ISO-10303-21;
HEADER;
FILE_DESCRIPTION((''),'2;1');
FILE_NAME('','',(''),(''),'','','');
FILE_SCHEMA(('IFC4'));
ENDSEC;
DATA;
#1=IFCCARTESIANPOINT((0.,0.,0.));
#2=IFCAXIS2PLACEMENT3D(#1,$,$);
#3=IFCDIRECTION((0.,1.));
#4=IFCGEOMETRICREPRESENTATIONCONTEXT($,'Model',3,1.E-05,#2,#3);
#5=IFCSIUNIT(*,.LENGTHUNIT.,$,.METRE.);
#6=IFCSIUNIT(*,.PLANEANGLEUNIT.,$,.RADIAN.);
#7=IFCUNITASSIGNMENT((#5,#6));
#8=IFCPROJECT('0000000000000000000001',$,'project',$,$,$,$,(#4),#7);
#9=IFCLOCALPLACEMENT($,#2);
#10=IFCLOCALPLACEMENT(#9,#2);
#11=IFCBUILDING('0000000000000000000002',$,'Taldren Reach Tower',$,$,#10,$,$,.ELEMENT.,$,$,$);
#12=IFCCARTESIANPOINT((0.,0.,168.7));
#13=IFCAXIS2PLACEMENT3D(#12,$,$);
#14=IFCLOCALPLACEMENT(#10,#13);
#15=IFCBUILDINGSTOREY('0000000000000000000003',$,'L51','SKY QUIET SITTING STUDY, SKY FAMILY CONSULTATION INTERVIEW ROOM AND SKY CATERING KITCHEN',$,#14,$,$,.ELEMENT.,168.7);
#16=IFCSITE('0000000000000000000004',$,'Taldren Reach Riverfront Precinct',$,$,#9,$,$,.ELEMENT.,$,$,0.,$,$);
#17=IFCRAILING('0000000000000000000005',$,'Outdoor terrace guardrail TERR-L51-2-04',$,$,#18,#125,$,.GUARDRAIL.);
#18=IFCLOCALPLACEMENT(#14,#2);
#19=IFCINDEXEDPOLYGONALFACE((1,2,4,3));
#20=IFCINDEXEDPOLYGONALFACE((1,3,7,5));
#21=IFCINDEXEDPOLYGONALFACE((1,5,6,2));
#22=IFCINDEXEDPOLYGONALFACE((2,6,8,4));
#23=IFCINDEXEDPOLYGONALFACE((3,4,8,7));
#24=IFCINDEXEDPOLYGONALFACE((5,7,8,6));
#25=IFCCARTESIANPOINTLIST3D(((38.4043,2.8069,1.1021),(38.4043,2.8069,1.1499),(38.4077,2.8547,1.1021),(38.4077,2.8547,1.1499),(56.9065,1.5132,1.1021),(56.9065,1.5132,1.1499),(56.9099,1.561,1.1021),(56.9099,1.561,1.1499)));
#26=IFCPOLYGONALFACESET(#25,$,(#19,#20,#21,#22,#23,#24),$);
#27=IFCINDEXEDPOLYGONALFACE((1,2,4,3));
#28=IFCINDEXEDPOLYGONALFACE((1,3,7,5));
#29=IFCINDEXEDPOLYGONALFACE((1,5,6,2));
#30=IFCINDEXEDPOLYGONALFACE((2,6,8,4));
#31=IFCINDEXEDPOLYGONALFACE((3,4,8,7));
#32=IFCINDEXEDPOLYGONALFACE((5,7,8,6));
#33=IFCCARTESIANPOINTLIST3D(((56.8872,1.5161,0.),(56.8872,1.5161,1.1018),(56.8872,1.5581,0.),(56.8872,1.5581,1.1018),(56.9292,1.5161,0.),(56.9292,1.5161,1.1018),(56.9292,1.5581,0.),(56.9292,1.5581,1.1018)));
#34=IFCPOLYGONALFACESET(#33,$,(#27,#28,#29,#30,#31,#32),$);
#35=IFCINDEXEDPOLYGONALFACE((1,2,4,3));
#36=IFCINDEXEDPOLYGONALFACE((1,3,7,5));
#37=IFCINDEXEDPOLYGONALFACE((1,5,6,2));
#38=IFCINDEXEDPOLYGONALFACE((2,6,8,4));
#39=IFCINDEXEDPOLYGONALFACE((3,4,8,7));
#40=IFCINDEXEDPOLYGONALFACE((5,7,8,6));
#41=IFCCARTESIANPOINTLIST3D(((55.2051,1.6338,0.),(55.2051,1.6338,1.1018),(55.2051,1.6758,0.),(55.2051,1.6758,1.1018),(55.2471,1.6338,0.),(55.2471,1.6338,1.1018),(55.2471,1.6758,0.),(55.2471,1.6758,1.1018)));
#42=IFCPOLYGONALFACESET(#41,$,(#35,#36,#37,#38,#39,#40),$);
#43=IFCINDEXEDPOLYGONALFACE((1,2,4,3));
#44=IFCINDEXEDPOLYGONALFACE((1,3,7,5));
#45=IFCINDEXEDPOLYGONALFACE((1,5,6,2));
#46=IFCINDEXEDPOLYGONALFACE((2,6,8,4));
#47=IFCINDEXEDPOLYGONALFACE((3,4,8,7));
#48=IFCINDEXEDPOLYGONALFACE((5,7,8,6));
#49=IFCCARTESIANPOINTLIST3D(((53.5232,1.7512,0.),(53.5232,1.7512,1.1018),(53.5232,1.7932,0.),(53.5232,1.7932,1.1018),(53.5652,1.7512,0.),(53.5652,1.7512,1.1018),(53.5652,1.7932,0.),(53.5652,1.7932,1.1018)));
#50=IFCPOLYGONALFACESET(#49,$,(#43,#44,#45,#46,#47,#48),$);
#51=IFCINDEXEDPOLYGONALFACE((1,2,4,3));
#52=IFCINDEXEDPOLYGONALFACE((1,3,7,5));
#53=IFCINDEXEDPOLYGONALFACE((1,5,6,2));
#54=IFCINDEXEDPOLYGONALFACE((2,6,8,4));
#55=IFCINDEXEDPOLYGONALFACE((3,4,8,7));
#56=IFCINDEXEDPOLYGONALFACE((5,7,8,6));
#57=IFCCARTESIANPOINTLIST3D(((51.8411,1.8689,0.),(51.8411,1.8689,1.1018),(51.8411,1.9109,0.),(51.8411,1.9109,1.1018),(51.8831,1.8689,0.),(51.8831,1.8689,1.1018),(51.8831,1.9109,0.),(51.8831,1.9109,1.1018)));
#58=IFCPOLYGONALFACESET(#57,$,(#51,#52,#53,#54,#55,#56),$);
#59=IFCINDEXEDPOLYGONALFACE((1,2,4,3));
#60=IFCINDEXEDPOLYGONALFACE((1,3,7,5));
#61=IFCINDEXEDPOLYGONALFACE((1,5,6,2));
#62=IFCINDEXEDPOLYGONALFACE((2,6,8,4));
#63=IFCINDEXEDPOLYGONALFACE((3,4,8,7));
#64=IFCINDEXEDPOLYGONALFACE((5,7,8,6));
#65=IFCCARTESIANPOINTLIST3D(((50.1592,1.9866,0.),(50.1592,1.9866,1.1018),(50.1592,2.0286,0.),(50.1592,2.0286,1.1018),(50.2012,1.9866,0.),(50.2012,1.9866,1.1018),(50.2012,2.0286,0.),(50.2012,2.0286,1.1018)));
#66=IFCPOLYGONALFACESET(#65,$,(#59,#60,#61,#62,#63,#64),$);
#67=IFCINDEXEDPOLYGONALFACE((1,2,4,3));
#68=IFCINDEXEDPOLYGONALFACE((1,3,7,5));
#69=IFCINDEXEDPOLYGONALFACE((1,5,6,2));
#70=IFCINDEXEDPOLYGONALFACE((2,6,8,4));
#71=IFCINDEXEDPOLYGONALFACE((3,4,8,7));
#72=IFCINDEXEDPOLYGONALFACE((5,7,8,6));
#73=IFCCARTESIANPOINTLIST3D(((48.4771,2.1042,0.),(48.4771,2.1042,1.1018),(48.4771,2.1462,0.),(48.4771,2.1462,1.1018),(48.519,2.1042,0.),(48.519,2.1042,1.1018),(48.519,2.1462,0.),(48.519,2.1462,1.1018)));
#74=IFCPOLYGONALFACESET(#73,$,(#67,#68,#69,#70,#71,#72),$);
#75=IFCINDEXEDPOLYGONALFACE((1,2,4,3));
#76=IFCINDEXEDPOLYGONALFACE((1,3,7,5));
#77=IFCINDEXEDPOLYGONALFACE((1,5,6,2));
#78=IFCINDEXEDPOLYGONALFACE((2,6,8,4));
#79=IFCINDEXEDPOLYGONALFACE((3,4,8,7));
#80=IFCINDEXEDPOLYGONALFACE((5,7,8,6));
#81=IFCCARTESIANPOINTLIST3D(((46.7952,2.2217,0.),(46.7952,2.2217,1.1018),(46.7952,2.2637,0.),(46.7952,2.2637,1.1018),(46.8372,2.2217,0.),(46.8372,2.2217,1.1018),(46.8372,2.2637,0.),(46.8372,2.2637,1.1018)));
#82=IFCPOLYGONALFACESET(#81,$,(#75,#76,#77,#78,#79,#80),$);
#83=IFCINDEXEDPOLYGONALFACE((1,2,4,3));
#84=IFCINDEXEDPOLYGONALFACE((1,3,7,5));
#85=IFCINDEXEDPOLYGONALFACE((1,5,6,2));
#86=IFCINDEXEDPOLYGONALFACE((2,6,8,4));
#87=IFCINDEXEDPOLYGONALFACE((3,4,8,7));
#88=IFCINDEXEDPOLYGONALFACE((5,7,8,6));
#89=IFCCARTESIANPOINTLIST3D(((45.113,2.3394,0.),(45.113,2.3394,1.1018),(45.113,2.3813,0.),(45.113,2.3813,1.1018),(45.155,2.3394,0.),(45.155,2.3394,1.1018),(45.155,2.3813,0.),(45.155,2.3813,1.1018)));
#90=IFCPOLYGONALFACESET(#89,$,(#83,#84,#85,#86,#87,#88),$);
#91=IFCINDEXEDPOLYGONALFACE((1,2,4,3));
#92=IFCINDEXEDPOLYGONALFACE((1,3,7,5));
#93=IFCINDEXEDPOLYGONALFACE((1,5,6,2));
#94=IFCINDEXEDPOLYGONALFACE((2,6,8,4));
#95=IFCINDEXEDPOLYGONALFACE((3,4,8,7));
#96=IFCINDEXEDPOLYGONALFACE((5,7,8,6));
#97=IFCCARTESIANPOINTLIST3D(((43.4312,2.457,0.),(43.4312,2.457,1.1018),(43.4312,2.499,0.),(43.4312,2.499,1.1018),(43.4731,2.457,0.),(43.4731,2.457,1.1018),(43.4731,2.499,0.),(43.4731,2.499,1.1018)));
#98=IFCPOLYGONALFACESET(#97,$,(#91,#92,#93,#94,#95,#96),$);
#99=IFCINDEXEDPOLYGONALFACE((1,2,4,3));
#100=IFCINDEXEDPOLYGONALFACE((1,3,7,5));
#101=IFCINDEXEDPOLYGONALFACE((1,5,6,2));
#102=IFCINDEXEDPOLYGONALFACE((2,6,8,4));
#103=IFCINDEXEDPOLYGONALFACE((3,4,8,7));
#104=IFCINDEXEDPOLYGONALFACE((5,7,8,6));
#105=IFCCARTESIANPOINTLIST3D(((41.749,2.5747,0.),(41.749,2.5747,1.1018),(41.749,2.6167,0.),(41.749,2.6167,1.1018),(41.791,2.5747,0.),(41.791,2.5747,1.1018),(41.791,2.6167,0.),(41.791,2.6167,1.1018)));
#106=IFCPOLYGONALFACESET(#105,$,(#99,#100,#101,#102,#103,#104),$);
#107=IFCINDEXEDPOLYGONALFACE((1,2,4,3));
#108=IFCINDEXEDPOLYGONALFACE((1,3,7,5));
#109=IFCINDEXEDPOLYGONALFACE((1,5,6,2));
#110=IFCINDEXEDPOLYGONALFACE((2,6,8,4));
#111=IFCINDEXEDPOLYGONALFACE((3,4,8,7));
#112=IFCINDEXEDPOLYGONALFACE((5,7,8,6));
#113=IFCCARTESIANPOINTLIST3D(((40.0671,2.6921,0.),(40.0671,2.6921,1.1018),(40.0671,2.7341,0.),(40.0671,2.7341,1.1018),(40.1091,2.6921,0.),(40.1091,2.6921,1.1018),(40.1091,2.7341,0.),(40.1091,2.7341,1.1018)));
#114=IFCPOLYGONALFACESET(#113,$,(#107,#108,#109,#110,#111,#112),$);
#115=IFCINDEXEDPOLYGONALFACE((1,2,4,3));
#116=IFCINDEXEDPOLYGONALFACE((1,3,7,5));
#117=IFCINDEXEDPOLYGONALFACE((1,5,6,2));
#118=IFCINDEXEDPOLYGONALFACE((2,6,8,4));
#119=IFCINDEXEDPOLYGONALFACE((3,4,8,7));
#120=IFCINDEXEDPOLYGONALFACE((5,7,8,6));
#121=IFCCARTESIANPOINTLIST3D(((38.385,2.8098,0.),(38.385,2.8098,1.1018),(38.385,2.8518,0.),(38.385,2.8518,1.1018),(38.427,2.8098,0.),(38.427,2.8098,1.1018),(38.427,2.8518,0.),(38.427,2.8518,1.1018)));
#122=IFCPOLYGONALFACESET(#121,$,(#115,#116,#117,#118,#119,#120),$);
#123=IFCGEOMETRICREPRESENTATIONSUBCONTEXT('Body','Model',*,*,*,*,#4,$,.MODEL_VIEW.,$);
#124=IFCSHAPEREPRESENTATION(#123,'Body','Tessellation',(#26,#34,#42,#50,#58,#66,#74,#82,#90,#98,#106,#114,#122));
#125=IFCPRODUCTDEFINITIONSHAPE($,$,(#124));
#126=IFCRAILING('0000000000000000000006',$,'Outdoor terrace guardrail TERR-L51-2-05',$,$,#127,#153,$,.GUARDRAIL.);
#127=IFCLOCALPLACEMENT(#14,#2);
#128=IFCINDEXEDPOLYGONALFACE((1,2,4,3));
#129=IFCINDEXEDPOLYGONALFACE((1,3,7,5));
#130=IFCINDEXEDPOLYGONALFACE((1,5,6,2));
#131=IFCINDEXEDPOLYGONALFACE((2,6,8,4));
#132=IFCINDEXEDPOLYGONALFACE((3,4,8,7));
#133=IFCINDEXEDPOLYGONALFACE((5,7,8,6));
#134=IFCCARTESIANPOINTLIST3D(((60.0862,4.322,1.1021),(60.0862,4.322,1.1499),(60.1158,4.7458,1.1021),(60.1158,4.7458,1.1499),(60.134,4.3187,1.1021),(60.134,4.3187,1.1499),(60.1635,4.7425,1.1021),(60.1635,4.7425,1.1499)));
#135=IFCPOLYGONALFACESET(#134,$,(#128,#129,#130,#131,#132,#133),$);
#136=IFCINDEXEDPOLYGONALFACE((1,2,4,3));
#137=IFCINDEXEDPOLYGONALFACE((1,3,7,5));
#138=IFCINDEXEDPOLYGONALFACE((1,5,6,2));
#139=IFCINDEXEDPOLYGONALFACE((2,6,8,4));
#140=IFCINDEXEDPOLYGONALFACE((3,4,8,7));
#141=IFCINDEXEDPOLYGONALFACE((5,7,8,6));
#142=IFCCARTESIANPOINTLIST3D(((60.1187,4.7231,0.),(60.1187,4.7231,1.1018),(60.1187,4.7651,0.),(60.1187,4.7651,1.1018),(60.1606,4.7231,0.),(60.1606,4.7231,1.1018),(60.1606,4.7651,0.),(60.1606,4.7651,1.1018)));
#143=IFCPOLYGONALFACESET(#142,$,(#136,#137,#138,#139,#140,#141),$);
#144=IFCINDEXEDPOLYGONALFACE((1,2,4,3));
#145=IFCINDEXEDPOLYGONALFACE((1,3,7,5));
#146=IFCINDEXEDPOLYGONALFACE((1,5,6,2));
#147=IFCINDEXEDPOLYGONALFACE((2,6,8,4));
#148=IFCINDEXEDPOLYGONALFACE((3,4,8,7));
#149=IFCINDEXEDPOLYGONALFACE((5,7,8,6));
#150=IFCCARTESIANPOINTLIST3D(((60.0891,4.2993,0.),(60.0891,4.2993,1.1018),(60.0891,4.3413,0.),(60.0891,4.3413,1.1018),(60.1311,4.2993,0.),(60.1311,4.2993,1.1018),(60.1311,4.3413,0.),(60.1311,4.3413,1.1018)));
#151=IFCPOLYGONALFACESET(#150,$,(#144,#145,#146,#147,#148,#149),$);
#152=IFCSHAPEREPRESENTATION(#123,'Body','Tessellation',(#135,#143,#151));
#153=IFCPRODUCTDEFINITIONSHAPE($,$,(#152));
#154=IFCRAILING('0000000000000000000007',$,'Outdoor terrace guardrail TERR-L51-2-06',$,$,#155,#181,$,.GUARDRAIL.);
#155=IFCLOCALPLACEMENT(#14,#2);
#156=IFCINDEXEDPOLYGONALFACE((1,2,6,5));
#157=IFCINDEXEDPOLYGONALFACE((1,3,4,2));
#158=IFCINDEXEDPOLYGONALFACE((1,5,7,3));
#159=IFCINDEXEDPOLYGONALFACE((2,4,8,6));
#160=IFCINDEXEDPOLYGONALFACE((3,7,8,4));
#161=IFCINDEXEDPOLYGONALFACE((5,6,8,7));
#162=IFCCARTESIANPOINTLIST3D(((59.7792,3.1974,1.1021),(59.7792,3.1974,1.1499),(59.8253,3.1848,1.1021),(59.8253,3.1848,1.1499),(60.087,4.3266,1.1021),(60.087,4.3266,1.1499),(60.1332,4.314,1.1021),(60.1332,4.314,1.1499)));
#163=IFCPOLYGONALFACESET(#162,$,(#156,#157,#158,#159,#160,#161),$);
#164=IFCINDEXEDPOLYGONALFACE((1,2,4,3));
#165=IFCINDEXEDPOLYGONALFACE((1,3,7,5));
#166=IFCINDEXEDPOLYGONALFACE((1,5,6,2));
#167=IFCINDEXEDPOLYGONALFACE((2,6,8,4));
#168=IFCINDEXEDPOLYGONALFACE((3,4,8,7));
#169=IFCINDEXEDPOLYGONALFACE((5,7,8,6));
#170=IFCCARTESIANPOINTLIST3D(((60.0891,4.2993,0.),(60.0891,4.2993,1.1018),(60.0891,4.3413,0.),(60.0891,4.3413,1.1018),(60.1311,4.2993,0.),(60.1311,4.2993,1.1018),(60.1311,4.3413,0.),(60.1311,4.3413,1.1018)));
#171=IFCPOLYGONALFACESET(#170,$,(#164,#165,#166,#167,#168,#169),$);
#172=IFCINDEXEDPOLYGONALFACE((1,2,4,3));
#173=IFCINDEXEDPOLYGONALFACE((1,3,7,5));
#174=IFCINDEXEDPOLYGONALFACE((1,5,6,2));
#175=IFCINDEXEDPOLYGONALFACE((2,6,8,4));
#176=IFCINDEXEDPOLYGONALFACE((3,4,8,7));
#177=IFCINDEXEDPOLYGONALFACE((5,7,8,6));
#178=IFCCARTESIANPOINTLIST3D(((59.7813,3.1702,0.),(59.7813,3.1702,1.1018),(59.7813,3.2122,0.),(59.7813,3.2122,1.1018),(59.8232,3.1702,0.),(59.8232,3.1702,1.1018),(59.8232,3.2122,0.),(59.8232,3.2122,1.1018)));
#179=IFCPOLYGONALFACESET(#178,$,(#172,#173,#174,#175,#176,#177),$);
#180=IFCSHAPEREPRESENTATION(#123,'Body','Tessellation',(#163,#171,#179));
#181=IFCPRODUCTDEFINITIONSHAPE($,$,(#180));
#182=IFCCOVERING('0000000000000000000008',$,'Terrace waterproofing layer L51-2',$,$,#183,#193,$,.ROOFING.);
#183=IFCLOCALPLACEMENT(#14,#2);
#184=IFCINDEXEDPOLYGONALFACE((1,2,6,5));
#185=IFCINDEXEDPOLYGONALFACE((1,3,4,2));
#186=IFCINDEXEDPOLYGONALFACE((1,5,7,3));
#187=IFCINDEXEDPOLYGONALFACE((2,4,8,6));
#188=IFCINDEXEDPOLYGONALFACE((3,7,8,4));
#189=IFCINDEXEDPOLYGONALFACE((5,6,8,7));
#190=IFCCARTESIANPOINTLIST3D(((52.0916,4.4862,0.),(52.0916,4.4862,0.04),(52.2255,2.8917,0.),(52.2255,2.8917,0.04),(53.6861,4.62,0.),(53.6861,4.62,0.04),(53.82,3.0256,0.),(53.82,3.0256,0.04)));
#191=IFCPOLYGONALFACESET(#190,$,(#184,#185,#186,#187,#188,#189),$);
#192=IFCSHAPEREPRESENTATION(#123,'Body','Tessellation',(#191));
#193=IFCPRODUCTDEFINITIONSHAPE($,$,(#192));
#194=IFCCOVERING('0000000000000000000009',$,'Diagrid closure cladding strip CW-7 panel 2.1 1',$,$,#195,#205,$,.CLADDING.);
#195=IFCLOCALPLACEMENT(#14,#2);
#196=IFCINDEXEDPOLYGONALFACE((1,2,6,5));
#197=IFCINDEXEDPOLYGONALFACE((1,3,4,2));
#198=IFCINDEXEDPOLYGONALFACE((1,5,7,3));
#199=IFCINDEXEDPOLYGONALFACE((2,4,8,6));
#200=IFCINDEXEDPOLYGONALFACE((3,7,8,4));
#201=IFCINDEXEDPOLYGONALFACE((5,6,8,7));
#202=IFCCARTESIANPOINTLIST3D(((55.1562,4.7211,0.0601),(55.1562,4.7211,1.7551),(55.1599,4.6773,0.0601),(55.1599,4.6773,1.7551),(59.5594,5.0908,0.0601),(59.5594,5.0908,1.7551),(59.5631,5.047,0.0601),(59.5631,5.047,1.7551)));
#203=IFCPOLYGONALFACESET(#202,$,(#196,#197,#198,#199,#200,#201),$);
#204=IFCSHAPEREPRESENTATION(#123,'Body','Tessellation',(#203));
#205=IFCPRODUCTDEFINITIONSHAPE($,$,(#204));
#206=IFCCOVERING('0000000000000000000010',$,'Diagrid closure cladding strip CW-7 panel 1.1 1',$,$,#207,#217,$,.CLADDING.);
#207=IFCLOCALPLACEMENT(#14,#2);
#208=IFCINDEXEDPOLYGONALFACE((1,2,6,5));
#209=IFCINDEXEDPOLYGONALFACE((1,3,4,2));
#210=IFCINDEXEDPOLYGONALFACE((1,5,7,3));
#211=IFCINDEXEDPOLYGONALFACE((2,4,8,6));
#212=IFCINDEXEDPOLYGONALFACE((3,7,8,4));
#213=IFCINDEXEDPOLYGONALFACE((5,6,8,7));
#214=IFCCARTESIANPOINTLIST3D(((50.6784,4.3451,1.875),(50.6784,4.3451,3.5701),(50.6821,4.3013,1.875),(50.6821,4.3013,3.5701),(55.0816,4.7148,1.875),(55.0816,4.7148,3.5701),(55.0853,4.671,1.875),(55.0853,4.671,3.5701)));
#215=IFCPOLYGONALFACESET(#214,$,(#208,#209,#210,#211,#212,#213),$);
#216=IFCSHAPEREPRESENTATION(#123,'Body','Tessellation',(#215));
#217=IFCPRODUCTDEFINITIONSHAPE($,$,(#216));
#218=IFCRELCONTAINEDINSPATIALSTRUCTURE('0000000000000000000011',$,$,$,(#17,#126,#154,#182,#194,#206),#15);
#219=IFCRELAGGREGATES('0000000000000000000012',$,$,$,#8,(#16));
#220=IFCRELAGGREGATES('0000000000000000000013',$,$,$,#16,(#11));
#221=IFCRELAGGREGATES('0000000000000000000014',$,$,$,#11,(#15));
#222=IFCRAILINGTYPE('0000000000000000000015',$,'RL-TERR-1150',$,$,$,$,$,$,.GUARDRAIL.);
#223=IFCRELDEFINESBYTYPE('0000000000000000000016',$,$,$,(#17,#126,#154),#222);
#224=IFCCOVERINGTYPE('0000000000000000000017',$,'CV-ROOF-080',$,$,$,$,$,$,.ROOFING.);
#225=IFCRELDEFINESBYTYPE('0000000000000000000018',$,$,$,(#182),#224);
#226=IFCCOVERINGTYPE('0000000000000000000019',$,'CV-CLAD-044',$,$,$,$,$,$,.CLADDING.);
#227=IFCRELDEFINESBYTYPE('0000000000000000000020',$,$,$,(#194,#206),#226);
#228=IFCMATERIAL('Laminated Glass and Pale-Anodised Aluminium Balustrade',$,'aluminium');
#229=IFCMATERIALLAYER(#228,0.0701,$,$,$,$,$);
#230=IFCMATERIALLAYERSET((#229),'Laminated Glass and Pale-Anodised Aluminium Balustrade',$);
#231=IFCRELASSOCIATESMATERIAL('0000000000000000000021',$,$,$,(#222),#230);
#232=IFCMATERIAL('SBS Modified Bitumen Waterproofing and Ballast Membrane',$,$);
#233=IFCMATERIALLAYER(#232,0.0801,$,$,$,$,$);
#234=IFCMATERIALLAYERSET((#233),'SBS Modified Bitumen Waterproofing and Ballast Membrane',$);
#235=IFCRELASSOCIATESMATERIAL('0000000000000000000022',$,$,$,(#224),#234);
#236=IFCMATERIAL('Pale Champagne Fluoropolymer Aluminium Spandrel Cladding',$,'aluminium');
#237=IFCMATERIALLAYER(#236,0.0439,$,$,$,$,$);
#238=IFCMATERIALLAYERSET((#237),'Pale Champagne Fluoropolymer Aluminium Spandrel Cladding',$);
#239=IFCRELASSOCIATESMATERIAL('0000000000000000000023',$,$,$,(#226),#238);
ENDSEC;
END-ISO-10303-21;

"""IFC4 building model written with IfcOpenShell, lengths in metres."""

from ifc_helpers import new_model, si_unit, direction, frame, origin, origin_2d, place, context, subcontext, project, spatial, rectangle, extrude, source, transform, mapped, material, layer, layer_set, type_object, element, save


model = new_model("IFC4")

# Units and contexts
model_context = context("Model", 3, precision=1e-05, world=origin(), true_north=direction((0.0, 1.0)))
body_context = subcontext(model_context, "Body", "Model", "MODEL_VIEW")
ifc_project = project(units=[si_unit("LENGTHUNIT", "METRE"), si_unit("PLANEANGLEUNIT", "RADIAN")], contexts=[model_context])

# Site, building, storey
site_placement = place(None, origin())
site = spatial("IfcSite", under=ifc_project, at=site_placement, Name="Taldren Reach Riverfront Precinct", CompositionType="ELEMENT", RefElevation=0.0)
building_placement = place(site_placement, origin())
building = spatial("IfcBuilding", under=site, at=building_placement, Name="Taldren Reach Tower", CompositionType="ELEMENT")
storey_placement = place(building_placement, frame((0.0, 0.0, 168.7)))
storey = spatial("IfcBuildingStorey", under=building, at=storey_placement, Name="L51", Description="SKY QUIET SITTING STUDY, SKY FAMILY CONSULTATION INTERVIEW ROOM AND SKY CATERING KITCHEN", CompositionType="ELEMENT", Elevation=168.7)

# Railings
ifc_material_1 = material(Name="Laminated Glass and Pale-Anodised Aluminium Balustrade", Category="aluminium")
ifc_layer_1 = layer(ifc_material_1, 0.0701)
ifc_layer_set_1 = layer_set([ifc_layer_1], Name="Laminated Glass and Pale-Anodised Aluminium Balustrade")
railing_type = type_object("IfcRailingType", Name="RL-TERR-1150", PredefinedType="GUARDRAIL", material=ifc_layer_set_1)
railing_1_placement = place(storey_placement, frame((56.9082, 1.5371, 0.0)))
element("IfcRailing", 1, at=railing_1_placement, inside=storey, type_object=railing_type, Name="Outdoor terrace guardrail TERR-L51-2-04", PredefinedType="GUARDRAIL", context=body_context, shape_type="SweptSolid", body=[
    extrude(rectangle(XDim=0.0479, YDim=0.0479, at=origin_2d()), frame((0.0, 0.0, 1.126), z_axis=(-0.997564, 0.069751, 0.0), x_axis=(-0.069751, -0.997564, 0.0)), (0.0, 0.0, 1.0), 18.5474),
    extrude(rectangle(XDim=0.042, YDim=0.042, at=origin_2d()), origin(), (0.0, 0.0, 1.0), 1.1018),
    extrude(rectangle(XDim=0.042, YDim=0.042, at=origin_2d()), frame((-1.6821, 0.1177, 0.0)), (0.0, 0.0, 1.0), 1.1018),
    extrude(rectangle(XDim=0.042, YDim=0.042, at=origin_2d()), frame((-3.364, 0.2351, 0.0)), (0.0, 0.0, 1.0), 1.1018),
    extrude(rectangle(XDim=0.042, YDim=0.042, at=origin_2d()), frame((-5.0461, 0.3528, 0.0)), (0.0, 0.0, 1.0), 1.1018),
    extrude(rectangle(XDim=0.042, YDim=0.042, at=origin_2d()), frame((-6.728, 0.4705, 0.0)), (0.0, 0.0, 1.0), 1.1018),
    extrude(rectangle(XDim=0.042, YDim=0.042, at=origin_2d()), frame((-8.4102, 0.5881, 0.0)), (0.0, 0.0, 1.0), 1.1018),
    extrude(rectangle(XDim=0.042, YDim=0.042, at=origin_2d()), frame((-10.092, 0.7056, 0.0)), (0.0, 0.0, 1.0), 1.1018),
    extrude(rectangle(XDim=0.042, YDim=0.042, at=origin_2d()), frame((-11.7742, 0.8232, 0.0)), (0.0, 0.0, 1.0), 1.1018),
    extrude(rectangle(XDim=0.042, YDim=0.042, at=origin_2d()), frame((-13.4561, 0.9409, 0.0)), (0.0, 0.0, 1.0), 1.1018),
    extrude(rectangle(XDim=0.042, YDim=0.042, at=origin_2d()), frame((-15.1382, 1.0586, 0.0)), (0.0, 0.0, 1.0), 1.1018),
    extrude(rectangle(XDim=0.042, YDim=0.042, at=origin_2d()), frame((-16.8201, 1.176, 0.0)), (0.0, 0.0, 1.0), 1.1018),
    extrude(rectangle(XDim=0.042, YDim=0.042, at=origin_2d()), frame((-18.5022, 1.2937, 0.0)), (0.0, 0.0, 1.0), 1.1018),
])
railing_2_placement = place(storey_placement, frame((60.1396, 4.7441, 0.0)))
element("IfcRailing", 2, at=railing_2_placement, inside=storey, type_object=railing_type, Name="Outdoor terrace guardrail TERR-L51-2-05", PredefinedType="GUARDRAIL", context=body_context, shape_type="SweptSolid", body=[
    extrude(rectangle(XDim=0.0479, YDim=0.0479, at=origin_2d()), frame((0.0, 0.0, 1.126), z_axis=(-0.069532, -0.99758, 0.0), x_axis=(0.99758, -0.069532, 0.0)), (0.0, 0.0, 1.0), 0.4248),
    extrude(rectangle(XDim=0.042, YDim=0.042, at=origin_2d()), origin(), (0.0, 0.0, 1.0), 1.1018),
    extrude(rectangle(XDim=0.042, YDim=0.042, at=origin_2d()), frame((-0.0295, -0.4238, 0.0)), (0.0, 0.0, 1.0), 1.1018),
])
railing_3_placement = place(storey_placement, frame((60.1101, 4.3203, 0.0)))
element("IfcRailing", 3, at=railing_3_placement, inside=storey, type_object=railing_type, Name="Outdoor terrace guardrail TERR-L51-2-06", PredefinedType="GUARDRAIL", context=body_context, shape_type="SweptSolid", body=[
    extrude(rectangle(XDim=0.0479, YDim=0.0479, at=origin_2d()), frame((0.0, 0.0, 1.126), z_axis=(-0.263047, -0.964783, 0.0), x_axis=(0.964783, -0.263047, 0.0)), (0.0, 0.0, 1.0), 1.1704),
    extrude(rectangle(XDim=0.042, YDim=0.042, at=origin_2d()), origin(), (0.0, 0.0, 1.0), 1.1018),
    extrude(rectangle(XDim=0.042, YDim=0.042, at=origin_2d()), frame((-0.3079, -1.1292, 0.0)), (0.0, 0.0, 1.0), 1.1018),
])

# Coverings
ifc_material_2 = material(Name="SBS Modified Bitumen Waterproofing and Ballast Membrane")
ifc_layer_2 = layer(ifc_material_2, 0.0801)
ifc_layer_set_2 = layer_set([ifc_layer_2], Name="SBS Modified Bitumen Waterproofing and Ballast Membrane")
covering_type_1 = type_object("IfcCoveringType", Name="CV-ROOF-080", PredefinedType="ROOFING", material=ifc_layer_set_2)
shared_shape_1 = source(origin(), body_context, "Body", "SweptSolid", [
    extrude(rectangle(XDim=1.6001, YDim=1.6001, at=origin_2d()), origin(), (0.0, 0.0, 1.0), 0.04),
])
covering_placement = place(storey_placement, frame((52.9558, 3.7559, 0.0), z_axis=(0.0, 0.0, 1.0), x_axis=(0.996493, 0.083678, 0.0)))
element("IfcCovering", 4, at=covering_placement, inside=storey, type_object=covering_type_1, Name="Terrace waterproofing layer L51-2", PredefinedType="ROOFING", context=body_context, shape_type="MappedRepresentation", body=[
    mapped(shared_shape_1, transform((0.0, 0.0, 0.0), scale=1.0)),
])
ifc_material_3 = material(Name="Pale Champagne Fluoropolymer Aluminium Spandrel Cladding", Category="aluminium")
ifc_layer_3 = layer(ifc_material_3, 0.0439)
ifc_layer_set_3 = layer_set([ifc_layer_3], Name="Pale Champagne Fluoropolymer Aluminium Spandrel Cladding")
covering_type_2 = type_object("IfcCoveringType", Name="CV-CLAD-044", PredefinedType="CLADDING", material=ifc_layer_set_3)
shared_shape_2 = source(origin(), body_context, "Body", "SweptSolid", [
    extrude(rectangle(XDim=4.4187, YDim=0.0439, at=origin_2d()), origin(), (0.0, 0.0, 1.0), 1.6951),
])
for number, where, z_axis, x_axis, name in (
    (5, (57.3596, 4.884, 0.0601), (0.0, 0.0, 1.0), (0.996493, 0.083678, 0.0), "Diagrid closure cladding strip CW-7 panel 2.1 1"),
    (6, (52.8818, 4.5081, 1.875), (0.0, 0.0, 1.0), (0.996493, 0.083678, 0.0), "Diagrid closure cladding strip CW-7 panel 1.1 1"),
):
    element("IfcCovering", number, at=place(storey_placement, frame(where, z_axis=z_axis, x_axis=x_axis)), inside=storey, type_object=covering_type_2, Name=name, PredefinedType="CLADDING", context=body_context, shape_type="MappedRepresentation", body=[
        mapped(shared_shape_2, transform((0.0, 0.0, 0.0), scale=1.0)),
    ])

save(model, "model.ifc")
